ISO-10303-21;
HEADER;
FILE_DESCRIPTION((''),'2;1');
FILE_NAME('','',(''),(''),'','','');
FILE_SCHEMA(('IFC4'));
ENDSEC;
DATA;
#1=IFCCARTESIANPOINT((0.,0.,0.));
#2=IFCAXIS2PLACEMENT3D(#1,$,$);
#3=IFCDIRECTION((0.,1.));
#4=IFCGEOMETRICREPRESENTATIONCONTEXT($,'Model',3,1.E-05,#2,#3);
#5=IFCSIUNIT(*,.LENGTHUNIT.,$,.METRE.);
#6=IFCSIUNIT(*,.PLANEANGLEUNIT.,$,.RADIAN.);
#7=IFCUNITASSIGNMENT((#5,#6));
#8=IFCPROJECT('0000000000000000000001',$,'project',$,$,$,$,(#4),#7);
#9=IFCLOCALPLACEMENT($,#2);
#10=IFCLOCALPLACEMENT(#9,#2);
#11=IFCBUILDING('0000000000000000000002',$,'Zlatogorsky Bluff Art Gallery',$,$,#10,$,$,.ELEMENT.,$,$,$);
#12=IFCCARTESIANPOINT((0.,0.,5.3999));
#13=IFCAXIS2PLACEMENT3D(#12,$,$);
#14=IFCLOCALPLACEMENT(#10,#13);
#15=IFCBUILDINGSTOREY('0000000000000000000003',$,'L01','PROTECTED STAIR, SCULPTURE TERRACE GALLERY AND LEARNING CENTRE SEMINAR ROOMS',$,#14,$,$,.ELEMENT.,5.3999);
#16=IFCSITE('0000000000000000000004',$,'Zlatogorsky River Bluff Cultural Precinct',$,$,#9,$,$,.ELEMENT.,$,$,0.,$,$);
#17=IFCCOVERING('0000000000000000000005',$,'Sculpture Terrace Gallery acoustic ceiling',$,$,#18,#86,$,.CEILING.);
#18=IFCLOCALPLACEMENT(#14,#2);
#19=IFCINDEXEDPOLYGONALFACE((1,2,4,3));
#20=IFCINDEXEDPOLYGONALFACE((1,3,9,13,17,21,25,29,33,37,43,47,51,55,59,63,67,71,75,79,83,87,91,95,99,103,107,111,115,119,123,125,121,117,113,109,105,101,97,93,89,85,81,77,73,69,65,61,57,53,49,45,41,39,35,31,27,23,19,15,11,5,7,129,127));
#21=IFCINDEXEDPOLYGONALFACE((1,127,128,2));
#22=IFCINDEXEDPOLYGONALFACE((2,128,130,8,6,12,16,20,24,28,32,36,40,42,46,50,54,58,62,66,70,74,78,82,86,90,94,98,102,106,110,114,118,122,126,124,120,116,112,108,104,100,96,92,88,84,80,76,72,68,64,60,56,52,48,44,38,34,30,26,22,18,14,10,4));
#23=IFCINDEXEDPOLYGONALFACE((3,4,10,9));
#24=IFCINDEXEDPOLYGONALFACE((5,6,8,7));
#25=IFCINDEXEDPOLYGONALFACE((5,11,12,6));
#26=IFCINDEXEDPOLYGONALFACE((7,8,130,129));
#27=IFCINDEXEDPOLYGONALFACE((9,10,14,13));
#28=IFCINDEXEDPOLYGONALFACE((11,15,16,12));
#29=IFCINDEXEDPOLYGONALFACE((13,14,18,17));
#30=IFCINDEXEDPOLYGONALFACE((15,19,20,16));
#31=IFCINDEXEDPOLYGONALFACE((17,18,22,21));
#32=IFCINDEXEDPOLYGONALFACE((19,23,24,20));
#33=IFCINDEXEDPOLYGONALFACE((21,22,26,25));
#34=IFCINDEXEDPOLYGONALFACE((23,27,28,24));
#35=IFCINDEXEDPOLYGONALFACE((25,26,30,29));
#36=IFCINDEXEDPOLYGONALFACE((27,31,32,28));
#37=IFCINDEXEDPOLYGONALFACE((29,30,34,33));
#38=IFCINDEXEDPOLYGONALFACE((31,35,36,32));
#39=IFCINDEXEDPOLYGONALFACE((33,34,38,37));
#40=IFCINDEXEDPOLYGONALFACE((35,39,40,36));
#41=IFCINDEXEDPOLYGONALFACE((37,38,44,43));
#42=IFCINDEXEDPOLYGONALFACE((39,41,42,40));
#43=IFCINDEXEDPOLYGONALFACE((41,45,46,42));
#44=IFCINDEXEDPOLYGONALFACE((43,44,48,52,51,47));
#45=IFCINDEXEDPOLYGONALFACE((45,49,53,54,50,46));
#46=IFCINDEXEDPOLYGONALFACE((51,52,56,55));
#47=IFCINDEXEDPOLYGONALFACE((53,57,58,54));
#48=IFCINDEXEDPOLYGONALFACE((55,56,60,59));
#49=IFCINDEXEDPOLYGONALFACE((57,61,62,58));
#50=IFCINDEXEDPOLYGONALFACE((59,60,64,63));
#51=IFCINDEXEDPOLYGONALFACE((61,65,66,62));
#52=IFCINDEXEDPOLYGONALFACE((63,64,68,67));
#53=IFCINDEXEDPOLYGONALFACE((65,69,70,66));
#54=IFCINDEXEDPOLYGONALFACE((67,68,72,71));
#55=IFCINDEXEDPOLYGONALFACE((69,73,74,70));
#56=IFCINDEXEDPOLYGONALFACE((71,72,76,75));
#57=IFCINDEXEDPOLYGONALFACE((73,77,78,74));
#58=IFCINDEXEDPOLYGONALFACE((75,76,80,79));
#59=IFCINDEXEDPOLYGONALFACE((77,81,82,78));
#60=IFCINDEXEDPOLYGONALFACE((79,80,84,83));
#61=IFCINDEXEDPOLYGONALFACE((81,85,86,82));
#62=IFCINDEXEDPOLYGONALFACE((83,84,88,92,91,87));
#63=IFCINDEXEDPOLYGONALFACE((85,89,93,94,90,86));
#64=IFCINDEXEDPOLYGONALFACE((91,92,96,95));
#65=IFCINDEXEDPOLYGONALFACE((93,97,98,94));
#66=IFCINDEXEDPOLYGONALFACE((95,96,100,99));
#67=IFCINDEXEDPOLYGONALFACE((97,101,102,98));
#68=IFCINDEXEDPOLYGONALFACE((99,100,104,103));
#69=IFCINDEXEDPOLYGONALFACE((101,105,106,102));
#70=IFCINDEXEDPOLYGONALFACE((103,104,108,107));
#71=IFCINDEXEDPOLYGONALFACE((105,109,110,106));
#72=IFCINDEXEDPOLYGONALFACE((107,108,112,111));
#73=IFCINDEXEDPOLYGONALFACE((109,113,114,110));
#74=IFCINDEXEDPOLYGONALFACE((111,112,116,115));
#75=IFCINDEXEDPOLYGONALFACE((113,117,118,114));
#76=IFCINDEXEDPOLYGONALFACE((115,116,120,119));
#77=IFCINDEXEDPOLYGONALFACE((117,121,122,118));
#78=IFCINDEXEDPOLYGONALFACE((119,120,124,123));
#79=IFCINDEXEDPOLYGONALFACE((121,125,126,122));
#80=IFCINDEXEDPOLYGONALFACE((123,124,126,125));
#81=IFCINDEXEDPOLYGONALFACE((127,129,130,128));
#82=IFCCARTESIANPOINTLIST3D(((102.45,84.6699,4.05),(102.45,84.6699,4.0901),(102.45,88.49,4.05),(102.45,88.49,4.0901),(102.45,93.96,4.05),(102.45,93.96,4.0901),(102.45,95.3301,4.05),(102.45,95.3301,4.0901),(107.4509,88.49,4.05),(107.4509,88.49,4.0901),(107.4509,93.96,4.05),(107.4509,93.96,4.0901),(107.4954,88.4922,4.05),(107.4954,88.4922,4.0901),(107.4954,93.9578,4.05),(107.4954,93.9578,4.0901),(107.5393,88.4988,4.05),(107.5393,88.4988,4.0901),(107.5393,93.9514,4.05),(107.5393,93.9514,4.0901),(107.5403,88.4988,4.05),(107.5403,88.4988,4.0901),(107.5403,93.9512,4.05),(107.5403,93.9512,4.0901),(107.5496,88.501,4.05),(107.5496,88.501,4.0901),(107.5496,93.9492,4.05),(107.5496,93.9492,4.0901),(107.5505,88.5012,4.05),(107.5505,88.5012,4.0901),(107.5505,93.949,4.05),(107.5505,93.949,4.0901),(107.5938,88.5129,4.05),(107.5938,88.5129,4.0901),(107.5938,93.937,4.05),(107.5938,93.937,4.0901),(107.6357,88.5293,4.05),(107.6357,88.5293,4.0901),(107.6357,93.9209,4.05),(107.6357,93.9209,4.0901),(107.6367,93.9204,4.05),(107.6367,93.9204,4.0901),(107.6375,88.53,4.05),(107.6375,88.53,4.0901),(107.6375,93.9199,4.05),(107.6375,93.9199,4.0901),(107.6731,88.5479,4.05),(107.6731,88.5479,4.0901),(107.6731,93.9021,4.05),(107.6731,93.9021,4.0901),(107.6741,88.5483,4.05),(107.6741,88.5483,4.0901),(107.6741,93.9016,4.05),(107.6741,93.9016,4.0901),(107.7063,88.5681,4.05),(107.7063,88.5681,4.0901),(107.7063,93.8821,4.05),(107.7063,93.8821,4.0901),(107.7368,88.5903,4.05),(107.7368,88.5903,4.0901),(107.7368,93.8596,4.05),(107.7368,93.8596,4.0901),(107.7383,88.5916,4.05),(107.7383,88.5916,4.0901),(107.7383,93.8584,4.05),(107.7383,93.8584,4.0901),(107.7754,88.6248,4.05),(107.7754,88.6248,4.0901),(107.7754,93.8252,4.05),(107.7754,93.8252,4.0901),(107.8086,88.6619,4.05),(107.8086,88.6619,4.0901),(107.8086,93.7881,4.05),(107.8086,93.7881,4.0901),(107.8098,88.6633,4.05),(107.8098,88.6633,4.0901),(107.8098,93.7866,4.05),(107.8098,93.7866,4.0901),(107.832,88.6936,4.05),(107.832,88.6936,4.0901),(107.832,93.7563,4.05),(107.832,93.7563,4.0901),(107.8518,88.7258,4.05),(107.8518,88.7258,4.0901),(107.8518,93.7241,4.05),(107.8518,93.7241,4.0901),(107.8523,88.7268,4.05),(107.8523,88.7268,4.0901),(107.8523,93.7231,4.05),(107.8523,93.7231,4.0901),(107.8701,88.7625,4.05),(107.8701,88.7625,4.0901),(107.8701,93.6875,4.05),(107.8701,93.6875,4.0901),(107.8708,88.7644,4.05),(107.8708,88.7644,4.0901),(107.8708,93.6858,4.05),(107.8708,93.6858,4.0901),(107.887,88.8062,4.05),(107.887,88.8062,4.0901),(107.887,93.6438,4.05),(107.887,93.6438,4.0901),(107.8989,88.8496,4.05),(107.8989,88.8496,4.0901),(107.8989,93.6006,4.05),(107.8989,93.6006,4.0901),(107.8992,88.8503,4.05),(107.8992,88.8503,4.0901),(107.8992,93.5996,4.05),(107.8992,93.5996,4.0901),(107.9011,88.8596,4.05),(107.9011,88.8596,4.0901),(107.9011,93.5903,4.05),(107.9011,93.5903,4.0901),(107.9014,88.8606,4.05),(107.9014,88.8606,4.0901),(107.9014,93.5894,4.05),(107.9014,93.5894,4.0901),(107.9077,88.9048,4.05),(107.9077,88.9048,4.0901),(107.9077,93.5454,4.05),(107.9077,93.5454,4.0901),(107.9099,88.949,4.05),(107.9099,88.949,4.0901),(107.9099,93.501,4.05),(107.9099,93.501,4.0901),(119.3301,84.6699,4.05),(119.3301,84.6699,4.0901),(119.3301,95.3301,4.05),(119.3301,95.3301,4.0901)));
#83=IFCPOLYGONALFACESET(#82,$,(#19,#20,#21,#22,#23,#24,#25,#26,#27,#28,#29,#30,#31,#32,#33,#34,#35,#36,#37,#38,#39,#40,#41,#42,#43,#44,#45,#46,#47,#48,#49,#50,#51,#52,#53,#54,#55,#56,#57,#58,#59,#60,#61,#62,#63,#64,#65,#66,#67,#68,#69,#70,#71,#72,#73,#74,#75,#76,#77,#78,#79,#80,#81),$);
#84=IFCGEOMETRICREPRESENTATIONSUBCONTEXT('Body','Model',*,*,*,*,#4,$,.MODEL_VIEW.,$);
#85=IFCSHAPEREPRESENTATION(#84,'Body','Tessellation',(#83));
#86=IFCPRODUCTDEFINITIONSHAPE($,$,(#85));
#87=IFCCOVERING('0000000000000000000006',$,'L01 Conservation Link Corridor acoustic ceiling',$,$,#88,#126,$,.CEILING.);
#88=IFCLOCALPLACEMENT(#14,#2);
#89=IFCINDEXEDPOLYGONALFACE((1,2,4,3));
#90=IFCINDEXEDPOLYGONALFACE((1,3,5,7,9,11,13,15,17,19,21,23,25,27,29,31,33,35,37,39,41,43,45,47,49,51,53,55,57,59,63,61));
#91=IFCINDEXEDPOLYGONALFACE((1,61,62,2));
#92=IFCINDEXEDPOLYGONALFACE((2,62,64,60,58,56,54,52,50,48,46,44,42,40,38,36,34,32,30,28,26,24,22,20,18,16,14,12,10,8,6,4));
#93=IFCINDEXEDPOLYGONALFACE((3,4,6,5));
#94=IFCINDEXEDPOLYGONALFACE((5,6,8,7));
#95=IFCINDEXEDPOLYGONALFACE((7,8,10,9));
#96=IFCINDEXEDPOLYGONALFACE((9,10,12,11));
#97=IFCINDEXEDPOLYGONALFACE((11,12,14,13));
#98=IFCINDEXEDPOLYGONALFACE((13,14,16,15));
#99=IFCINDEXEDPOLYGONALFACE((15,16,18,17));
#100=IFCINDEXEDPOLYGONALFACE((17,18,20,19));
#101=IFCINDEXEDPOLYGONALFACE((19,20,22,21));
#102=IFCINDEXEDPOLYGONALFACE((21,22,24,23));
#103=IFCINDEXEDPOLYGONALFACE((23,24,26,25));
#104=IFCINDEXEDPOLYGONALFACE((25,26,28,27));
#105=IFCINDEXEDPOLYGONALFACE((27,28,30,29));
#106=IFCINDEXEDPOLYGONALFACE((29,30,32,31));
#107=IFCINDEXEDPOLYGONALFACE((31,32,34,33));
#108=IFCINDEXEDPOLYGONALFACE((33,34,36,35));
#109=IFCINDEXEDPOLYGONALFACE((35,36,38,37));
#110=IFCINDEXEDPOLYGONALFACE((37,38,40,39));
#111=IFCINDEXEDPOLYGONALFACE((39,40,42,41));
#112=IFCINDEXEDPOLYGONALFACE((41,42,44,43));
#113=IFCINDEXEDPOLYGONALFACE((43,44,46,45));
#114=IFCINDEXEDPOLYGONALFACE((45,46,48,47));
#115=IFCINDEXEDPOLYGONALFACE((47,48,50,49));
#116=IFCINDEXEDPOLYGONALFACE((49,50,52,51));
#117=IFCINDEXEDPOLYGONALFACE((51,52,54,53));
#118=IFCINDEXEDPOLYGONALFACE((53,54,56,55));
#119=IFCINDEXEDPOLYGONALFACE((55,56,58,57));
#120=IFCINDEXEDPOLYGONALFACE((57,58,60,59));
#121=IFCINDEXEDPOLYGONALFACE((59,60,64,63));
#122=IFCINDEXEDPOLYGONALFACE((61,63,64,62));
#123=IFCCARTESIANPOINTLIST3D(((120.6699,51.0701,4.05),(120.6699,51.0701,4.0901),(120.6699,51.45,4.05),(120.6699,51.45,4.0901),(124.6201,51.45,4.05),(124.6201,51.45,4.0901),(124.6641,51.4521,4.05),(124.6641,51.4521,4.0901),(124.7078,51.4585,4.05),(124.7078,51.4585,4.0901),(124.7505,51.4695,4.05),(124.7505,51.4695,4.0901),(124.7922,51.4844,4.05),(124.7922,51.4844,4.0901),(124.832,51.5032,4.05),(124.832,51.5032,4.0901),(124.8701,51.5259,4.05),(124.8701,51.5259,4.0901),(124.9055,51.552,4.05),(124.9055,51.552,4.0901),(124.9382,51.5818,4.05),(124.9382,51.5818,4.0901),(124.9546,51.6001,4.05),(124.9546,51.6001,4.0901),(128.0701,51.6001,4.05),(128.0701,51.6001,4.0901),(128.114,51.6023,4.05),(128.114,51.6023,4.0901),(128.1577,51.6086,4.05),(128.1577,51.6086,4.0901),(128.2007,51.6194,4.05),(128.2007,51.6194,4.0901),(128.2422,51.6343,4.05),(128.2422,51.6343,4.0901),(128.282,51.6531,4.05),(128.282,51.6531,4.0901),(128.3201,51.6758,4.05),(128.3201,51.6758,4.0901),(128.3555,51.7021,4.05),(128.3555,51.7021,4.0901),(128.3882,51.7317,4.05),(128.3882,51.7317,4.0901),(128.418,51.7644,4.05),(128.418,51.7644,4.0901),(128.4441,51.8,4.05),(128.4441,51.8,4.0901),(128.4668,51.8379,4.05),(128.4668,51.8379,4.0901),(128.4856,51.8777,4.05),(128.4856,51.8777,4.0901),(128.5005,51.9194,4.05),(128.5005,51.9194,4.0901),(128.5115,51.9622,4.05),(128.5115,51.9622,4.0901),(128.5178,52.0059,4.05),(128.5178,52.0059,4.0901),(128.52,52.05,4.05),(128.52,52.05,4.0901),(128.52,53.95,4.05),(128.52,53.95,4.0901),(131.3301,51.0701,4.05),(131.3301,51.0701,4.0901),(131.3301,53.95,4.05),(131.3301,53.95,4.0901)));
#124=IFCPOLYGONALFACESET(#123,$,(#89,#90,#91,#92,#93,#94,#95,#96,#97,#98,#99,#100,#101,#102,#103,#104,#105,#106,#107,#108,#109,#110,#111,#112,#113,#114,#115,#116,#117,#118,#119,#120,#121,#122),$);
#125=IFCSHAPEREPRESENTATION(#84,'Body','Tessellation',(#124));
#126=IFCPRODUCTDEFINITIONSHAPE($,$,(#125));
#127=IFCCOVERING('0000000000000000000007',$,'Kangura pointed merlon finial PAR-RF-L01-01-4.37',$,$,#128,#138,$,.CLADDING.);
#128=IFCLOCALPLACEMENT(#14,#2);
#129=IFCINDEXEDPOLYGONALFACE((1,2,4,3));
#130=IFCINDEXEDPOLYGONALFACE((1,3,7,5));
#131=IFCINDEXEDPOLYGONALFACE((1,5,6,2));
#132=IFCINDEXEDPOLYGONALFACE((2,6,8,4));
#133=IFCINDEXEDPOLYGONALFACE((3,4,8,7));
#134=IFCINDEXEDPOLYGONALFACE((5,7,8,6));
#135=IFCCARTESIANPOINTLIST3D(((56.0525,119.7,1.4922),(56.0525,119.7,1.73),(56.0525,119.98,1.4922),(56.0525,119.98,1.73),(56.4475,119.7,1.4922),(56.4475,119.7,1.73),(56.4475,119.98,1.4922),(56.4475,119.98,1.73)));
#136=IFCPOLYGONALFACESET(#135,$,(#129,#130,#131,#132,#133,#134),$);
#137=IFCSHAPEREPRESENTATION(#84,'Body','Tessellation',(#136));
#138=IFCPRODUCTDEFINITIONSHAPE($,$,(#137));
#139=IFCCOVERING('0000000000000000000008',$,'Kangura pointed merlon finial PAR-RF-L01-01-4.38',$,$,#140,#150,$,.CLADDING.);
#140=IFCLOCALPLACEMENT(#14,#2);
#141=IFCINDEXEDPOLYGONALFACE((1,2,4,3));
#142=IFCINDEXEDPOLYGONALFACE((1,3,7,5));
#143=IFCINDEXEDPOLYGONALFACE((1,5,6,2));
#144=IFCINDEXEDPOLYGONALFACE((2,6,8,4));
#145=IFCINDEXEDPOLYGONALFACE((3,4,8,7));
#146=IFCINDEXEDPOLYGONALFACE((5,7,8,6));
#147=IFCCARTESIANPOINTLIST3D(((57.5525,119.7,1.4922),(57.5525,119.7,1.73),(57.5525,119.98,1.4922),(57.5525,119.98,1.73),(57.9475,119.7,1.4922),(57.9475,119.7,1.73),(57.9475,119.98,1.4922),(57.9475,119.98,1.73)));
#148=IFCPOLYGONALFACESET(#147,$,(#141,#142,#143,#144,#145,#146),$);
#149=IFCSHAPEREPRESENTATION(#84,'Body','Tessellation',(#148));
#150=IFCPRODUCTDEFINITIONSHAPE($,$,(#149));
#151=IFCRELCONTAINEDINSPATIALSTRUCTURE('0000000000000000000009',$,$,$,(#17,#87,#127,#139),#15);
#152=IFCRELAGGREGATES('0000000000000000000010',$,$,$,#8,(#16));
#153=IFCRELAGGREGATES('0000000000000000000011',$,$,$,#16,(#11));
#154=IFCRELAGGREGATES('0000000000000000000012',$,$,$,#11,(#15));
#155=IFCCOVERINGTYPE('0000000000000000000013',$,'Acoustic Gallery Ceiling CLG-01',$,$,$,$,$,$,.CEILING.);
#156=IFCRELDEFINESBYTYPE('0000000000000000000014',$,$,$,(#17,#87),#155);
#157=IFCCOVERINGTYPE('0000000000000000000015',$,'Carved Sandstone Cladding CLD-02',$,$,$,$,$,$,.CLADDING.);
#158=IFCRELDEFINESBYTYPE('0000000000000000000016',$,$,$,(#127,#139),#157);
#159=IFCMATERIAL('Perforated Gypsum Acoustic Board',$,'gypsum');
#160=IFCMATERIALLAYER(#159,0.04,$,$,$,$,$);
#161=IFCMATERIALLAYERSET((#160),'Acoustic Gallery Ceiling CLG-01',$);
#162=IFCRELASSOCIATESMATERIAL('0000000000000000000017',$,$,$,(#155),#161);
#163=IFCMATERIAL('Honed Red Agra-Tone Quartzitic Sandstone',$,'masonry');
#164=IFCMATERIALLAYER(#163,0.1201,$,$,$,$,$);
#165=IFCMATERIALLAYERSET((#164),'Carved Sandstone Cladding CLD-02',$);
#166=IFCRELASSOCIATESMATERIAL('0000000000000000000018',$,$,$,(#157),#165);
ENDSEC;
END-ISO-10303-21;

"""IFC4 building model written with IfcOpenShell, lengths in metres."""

from ifc_helpers import new_model, si_unit, direction, frame, origin, place, context, subcontext, project, spatial, polyline, outline, extrude, material, layer, layer_set, type_object, element, save


model = new_model("IFC4")

# Units and contexts
model_context = context("Model", 3, precision=1e-05, world=origin(), true_north=direction((0.0, 1.0)))
body_context = subcontext(model_context, "Body", "Model", "MODEL_VIEW")
ifc_project = project(units=[si_unit("LENGTHUNIT", "METRE"), si_unit("PLANEANGLEUNIT", "RADIAN")], contexts=[model_context])

# Site, building, storey
site_placement = place(None, origin())
site = spatial("IfcSite", under=ifc_project, at=site_placement, Name="Zlatogorsky River Bluff Cultural Precinct", CompositionType="ELEMENT", RefElevation=0.0)
building_placement = place(site_placement, origin())
building = spatial("IfcBuilding", under=site, at=building_placement, Name="Zlatogorsky Bluff Art Gallery", CompositionType="ELEMENT")
storey_placement = place(building_placement, frame((0.0, 0.0, 5.3999)))
storey = spatial("IfcBuildingStorey", under=building, at=storey_placement, Name="L01", Description="PROTECTED STAIR, SCULPTURE TERRACE GALLERY AND LEARNING CENTRE SEMINAR ROOMS", CompositionType="ELEMENT", Elevation=5.3999)

# Coverings
ifc_material_1 = material(Name="Perforated Gypsum Acoustic Board", Category="gypsum")
ifc_layer_1 = layer(ifc_material_1, 0.04)
ifc_layer_set_1 = layer_set([ifc_layer_1], Name="Acoustic Gallery Ceiling CLG-01")
covering_type_1 = type_object("IfcCoveringType", Name="Acoustic Gallery Ceiling CLG-01", PredefinedType="CEILING", material=ifc_layer_set_1)
covering_1_placement = place(storey_placement, frame((0.0, 0.0, 4.05)))
element("IfcCovering", 1, at=covering_1_placement, inside=storey, type_object=covering_type_1, Name="Sculpture Terrace Gallery acoustic ceiling", PredefinedType="CEILING", context=body_context, shape_type="SweptSolid", body=[
    extrude(outline(polyline([(102.45, 84.6699), (102.45, 88.49), (107.4509, 88.49), (107.4954, 88.4922), (107.5393, 88.4988), (107.5403, 88.4988), (107.5496, 88.501), (107.5505, 88.5012), (107.5938, 88.5129), (107.6357, 88.5293), (107.6375, 88.53), (107.6731, 88.5479), (107.6741, 88.5483), (107.7063, 88.5681), (107.7368, 88.5903), (107.7383, 88.5916), (107.7754, 88.6248), (107.8086, 88.6619), (107.8098, 88.6633), (107.832, 88.6936), (107.8518, 88.7258), (107.8523, 88.7268), (107.8701, 88.7625), (107.8708, 88.7644), (107.887, 88.8062), (107.8989, 88.8496), (107.8992, 88.8503), (107.9011, 88.8596), (107.9014, 88.8606), (107.9077, 88.9048), (107.9099, 88.949), (107.9099, 93.501), (107.9077, 93.5454), (107.9014, 93.5894), (107.9011, 93.5903), (107.8992, 93.5996), (107.8989, 93.6006), (107.887, 93.6438), (107.8708, 93.6858), (107.8701, 93.6875), (107.8523, 93.7231), (107.8518, 93.7241), (107.832, 93.7563), (107.8098, 93.7866), (107.8086, 93.7881), (107.7754, 93.8252), (107.7383, 93.8584), (107.7368, 93.8596), (107.7063, 93.8821), (107.6741, 93.9016), (107.6731, 93.9021), (107.6375, 93.9199), (107.6367, 93.9204), (107.6357, 93.9209), (107.5938, 93.937), (107.5505, 93.949), (107.5496, 93.9492), (107.5403, 93.9512), (107.5393, 93.9514), (107.4954, 93.9578), (107.4509, 93.96), (102.45, 93.96), (102.45, 95.3301), (119.3301, 95.3301), (119.3301, 84.6699), (102.45, 84.6699)])), origin(), (0.0, 0.0, 1.0), 0.04),
])
covering_2_placement = place(storey_placement, frame((0.0, 0.0, 4.05)))
element("IfcCovering", 2, at=covering_2_placement, inside=storey, type_object=covering_type_1, Name="L01 Conservation Link Corridor acoustic ceiling", PredefinedType="CEILING", context=body_context, shape_type="SweptSolid", body=[
    extrude(outline(polyline([(124.6201, 51.45), (124.6641, 51.4521), (124.7078, 51.4585), (124.7505, 51.4695), (124.7922, 51.4844), (124.832, 51.5032), (124.8701, 51.5259), (124.9055, 51.552), (124.9382, 51.5818), (124.9546, 51.6001), (128.0701, 51.6001), (128.114, 51.6023), (128.1577, 51.6086), (128.2007, 51.6194), (128.2422, 51.6343), (128.282, 51.6531), (128.3201, 51.6758), (128.3555, 51.7021), (128.3882, 51.7317), (128.418, 51.7644), (128.4441, 51.8), (128.4668, 51.8379), (128.4856, 51.8777), (128.5005, 51.9194), (128.5115, 51.9622), (128.5178, 52.0059), (128.52, 52.05), (128.52, 53.95), (131.3301, 53.95), (131.3301, 51.0701), (120.6699, 51.0701), (120.6699, 51.45), (124.6201, 51.45)])), origin(), (0.0, 0.0, 1.0), 0.04),
])
ifc_material_2 = material(Name="Honed Red Agra-Tone Quartzitic Sandstone", Category="masonry")
ifc_layer_2 = layer(ifc_material_2, 0.1201)
ifc_layer_set_2 = layer_set([ifc_layer_2], Name="Carved Sandstone Cladding CLD-02")
covering_type_2 = type_object("IfcCoveringType", Name="Carved Sandstone Cladding CLD-02", PredefinedType="CLADDING", material=ifc_layer_set_2)
covering_3_placement = place(storey_placement, frame((0.0, 0.0, 1.4922)))
element("IfcCovering", 3, at=covering_3_placement, inside=storey, type_object=covering_type_2, Name="Kangura pointed merlon finial PAR-RF-L01-01-4.37", PredefinedType="CLADDING", context=body_context, shape_type="SweptSolid", body=[
    extrude(outline(polyline([(56.0525, 119.7), (56.4475, 119.7), (56.4475, 119.98), (56.0525, 119.98), (56.0525, 119.7)])), origin(), (0.0, 0.0, 1.0), 0.2378),
])
covering_4_placement = place(storey_placement, frame((0.0, 0.0, 1.4922)))
element("IfcCovering", 4, at=covering_4_placement, inside=storey, type_object=covering_type_2, Name="Kangura pointed merlon finial PAR-RF-L01-01-4.38", PredefinedType="CLADDING", context=body_context, shape_type="SweptSolid", body=[
    extrude(outline(polyline([(57.5525, 119.7), (57.9475, 119.7), (57.9475, 119.98), (57.5525, 119.98), (57.5525, 119.7)])), origin(), (0.0, 0.0, 1.0), 0.2378),
])

save(model, "model.ifc")
